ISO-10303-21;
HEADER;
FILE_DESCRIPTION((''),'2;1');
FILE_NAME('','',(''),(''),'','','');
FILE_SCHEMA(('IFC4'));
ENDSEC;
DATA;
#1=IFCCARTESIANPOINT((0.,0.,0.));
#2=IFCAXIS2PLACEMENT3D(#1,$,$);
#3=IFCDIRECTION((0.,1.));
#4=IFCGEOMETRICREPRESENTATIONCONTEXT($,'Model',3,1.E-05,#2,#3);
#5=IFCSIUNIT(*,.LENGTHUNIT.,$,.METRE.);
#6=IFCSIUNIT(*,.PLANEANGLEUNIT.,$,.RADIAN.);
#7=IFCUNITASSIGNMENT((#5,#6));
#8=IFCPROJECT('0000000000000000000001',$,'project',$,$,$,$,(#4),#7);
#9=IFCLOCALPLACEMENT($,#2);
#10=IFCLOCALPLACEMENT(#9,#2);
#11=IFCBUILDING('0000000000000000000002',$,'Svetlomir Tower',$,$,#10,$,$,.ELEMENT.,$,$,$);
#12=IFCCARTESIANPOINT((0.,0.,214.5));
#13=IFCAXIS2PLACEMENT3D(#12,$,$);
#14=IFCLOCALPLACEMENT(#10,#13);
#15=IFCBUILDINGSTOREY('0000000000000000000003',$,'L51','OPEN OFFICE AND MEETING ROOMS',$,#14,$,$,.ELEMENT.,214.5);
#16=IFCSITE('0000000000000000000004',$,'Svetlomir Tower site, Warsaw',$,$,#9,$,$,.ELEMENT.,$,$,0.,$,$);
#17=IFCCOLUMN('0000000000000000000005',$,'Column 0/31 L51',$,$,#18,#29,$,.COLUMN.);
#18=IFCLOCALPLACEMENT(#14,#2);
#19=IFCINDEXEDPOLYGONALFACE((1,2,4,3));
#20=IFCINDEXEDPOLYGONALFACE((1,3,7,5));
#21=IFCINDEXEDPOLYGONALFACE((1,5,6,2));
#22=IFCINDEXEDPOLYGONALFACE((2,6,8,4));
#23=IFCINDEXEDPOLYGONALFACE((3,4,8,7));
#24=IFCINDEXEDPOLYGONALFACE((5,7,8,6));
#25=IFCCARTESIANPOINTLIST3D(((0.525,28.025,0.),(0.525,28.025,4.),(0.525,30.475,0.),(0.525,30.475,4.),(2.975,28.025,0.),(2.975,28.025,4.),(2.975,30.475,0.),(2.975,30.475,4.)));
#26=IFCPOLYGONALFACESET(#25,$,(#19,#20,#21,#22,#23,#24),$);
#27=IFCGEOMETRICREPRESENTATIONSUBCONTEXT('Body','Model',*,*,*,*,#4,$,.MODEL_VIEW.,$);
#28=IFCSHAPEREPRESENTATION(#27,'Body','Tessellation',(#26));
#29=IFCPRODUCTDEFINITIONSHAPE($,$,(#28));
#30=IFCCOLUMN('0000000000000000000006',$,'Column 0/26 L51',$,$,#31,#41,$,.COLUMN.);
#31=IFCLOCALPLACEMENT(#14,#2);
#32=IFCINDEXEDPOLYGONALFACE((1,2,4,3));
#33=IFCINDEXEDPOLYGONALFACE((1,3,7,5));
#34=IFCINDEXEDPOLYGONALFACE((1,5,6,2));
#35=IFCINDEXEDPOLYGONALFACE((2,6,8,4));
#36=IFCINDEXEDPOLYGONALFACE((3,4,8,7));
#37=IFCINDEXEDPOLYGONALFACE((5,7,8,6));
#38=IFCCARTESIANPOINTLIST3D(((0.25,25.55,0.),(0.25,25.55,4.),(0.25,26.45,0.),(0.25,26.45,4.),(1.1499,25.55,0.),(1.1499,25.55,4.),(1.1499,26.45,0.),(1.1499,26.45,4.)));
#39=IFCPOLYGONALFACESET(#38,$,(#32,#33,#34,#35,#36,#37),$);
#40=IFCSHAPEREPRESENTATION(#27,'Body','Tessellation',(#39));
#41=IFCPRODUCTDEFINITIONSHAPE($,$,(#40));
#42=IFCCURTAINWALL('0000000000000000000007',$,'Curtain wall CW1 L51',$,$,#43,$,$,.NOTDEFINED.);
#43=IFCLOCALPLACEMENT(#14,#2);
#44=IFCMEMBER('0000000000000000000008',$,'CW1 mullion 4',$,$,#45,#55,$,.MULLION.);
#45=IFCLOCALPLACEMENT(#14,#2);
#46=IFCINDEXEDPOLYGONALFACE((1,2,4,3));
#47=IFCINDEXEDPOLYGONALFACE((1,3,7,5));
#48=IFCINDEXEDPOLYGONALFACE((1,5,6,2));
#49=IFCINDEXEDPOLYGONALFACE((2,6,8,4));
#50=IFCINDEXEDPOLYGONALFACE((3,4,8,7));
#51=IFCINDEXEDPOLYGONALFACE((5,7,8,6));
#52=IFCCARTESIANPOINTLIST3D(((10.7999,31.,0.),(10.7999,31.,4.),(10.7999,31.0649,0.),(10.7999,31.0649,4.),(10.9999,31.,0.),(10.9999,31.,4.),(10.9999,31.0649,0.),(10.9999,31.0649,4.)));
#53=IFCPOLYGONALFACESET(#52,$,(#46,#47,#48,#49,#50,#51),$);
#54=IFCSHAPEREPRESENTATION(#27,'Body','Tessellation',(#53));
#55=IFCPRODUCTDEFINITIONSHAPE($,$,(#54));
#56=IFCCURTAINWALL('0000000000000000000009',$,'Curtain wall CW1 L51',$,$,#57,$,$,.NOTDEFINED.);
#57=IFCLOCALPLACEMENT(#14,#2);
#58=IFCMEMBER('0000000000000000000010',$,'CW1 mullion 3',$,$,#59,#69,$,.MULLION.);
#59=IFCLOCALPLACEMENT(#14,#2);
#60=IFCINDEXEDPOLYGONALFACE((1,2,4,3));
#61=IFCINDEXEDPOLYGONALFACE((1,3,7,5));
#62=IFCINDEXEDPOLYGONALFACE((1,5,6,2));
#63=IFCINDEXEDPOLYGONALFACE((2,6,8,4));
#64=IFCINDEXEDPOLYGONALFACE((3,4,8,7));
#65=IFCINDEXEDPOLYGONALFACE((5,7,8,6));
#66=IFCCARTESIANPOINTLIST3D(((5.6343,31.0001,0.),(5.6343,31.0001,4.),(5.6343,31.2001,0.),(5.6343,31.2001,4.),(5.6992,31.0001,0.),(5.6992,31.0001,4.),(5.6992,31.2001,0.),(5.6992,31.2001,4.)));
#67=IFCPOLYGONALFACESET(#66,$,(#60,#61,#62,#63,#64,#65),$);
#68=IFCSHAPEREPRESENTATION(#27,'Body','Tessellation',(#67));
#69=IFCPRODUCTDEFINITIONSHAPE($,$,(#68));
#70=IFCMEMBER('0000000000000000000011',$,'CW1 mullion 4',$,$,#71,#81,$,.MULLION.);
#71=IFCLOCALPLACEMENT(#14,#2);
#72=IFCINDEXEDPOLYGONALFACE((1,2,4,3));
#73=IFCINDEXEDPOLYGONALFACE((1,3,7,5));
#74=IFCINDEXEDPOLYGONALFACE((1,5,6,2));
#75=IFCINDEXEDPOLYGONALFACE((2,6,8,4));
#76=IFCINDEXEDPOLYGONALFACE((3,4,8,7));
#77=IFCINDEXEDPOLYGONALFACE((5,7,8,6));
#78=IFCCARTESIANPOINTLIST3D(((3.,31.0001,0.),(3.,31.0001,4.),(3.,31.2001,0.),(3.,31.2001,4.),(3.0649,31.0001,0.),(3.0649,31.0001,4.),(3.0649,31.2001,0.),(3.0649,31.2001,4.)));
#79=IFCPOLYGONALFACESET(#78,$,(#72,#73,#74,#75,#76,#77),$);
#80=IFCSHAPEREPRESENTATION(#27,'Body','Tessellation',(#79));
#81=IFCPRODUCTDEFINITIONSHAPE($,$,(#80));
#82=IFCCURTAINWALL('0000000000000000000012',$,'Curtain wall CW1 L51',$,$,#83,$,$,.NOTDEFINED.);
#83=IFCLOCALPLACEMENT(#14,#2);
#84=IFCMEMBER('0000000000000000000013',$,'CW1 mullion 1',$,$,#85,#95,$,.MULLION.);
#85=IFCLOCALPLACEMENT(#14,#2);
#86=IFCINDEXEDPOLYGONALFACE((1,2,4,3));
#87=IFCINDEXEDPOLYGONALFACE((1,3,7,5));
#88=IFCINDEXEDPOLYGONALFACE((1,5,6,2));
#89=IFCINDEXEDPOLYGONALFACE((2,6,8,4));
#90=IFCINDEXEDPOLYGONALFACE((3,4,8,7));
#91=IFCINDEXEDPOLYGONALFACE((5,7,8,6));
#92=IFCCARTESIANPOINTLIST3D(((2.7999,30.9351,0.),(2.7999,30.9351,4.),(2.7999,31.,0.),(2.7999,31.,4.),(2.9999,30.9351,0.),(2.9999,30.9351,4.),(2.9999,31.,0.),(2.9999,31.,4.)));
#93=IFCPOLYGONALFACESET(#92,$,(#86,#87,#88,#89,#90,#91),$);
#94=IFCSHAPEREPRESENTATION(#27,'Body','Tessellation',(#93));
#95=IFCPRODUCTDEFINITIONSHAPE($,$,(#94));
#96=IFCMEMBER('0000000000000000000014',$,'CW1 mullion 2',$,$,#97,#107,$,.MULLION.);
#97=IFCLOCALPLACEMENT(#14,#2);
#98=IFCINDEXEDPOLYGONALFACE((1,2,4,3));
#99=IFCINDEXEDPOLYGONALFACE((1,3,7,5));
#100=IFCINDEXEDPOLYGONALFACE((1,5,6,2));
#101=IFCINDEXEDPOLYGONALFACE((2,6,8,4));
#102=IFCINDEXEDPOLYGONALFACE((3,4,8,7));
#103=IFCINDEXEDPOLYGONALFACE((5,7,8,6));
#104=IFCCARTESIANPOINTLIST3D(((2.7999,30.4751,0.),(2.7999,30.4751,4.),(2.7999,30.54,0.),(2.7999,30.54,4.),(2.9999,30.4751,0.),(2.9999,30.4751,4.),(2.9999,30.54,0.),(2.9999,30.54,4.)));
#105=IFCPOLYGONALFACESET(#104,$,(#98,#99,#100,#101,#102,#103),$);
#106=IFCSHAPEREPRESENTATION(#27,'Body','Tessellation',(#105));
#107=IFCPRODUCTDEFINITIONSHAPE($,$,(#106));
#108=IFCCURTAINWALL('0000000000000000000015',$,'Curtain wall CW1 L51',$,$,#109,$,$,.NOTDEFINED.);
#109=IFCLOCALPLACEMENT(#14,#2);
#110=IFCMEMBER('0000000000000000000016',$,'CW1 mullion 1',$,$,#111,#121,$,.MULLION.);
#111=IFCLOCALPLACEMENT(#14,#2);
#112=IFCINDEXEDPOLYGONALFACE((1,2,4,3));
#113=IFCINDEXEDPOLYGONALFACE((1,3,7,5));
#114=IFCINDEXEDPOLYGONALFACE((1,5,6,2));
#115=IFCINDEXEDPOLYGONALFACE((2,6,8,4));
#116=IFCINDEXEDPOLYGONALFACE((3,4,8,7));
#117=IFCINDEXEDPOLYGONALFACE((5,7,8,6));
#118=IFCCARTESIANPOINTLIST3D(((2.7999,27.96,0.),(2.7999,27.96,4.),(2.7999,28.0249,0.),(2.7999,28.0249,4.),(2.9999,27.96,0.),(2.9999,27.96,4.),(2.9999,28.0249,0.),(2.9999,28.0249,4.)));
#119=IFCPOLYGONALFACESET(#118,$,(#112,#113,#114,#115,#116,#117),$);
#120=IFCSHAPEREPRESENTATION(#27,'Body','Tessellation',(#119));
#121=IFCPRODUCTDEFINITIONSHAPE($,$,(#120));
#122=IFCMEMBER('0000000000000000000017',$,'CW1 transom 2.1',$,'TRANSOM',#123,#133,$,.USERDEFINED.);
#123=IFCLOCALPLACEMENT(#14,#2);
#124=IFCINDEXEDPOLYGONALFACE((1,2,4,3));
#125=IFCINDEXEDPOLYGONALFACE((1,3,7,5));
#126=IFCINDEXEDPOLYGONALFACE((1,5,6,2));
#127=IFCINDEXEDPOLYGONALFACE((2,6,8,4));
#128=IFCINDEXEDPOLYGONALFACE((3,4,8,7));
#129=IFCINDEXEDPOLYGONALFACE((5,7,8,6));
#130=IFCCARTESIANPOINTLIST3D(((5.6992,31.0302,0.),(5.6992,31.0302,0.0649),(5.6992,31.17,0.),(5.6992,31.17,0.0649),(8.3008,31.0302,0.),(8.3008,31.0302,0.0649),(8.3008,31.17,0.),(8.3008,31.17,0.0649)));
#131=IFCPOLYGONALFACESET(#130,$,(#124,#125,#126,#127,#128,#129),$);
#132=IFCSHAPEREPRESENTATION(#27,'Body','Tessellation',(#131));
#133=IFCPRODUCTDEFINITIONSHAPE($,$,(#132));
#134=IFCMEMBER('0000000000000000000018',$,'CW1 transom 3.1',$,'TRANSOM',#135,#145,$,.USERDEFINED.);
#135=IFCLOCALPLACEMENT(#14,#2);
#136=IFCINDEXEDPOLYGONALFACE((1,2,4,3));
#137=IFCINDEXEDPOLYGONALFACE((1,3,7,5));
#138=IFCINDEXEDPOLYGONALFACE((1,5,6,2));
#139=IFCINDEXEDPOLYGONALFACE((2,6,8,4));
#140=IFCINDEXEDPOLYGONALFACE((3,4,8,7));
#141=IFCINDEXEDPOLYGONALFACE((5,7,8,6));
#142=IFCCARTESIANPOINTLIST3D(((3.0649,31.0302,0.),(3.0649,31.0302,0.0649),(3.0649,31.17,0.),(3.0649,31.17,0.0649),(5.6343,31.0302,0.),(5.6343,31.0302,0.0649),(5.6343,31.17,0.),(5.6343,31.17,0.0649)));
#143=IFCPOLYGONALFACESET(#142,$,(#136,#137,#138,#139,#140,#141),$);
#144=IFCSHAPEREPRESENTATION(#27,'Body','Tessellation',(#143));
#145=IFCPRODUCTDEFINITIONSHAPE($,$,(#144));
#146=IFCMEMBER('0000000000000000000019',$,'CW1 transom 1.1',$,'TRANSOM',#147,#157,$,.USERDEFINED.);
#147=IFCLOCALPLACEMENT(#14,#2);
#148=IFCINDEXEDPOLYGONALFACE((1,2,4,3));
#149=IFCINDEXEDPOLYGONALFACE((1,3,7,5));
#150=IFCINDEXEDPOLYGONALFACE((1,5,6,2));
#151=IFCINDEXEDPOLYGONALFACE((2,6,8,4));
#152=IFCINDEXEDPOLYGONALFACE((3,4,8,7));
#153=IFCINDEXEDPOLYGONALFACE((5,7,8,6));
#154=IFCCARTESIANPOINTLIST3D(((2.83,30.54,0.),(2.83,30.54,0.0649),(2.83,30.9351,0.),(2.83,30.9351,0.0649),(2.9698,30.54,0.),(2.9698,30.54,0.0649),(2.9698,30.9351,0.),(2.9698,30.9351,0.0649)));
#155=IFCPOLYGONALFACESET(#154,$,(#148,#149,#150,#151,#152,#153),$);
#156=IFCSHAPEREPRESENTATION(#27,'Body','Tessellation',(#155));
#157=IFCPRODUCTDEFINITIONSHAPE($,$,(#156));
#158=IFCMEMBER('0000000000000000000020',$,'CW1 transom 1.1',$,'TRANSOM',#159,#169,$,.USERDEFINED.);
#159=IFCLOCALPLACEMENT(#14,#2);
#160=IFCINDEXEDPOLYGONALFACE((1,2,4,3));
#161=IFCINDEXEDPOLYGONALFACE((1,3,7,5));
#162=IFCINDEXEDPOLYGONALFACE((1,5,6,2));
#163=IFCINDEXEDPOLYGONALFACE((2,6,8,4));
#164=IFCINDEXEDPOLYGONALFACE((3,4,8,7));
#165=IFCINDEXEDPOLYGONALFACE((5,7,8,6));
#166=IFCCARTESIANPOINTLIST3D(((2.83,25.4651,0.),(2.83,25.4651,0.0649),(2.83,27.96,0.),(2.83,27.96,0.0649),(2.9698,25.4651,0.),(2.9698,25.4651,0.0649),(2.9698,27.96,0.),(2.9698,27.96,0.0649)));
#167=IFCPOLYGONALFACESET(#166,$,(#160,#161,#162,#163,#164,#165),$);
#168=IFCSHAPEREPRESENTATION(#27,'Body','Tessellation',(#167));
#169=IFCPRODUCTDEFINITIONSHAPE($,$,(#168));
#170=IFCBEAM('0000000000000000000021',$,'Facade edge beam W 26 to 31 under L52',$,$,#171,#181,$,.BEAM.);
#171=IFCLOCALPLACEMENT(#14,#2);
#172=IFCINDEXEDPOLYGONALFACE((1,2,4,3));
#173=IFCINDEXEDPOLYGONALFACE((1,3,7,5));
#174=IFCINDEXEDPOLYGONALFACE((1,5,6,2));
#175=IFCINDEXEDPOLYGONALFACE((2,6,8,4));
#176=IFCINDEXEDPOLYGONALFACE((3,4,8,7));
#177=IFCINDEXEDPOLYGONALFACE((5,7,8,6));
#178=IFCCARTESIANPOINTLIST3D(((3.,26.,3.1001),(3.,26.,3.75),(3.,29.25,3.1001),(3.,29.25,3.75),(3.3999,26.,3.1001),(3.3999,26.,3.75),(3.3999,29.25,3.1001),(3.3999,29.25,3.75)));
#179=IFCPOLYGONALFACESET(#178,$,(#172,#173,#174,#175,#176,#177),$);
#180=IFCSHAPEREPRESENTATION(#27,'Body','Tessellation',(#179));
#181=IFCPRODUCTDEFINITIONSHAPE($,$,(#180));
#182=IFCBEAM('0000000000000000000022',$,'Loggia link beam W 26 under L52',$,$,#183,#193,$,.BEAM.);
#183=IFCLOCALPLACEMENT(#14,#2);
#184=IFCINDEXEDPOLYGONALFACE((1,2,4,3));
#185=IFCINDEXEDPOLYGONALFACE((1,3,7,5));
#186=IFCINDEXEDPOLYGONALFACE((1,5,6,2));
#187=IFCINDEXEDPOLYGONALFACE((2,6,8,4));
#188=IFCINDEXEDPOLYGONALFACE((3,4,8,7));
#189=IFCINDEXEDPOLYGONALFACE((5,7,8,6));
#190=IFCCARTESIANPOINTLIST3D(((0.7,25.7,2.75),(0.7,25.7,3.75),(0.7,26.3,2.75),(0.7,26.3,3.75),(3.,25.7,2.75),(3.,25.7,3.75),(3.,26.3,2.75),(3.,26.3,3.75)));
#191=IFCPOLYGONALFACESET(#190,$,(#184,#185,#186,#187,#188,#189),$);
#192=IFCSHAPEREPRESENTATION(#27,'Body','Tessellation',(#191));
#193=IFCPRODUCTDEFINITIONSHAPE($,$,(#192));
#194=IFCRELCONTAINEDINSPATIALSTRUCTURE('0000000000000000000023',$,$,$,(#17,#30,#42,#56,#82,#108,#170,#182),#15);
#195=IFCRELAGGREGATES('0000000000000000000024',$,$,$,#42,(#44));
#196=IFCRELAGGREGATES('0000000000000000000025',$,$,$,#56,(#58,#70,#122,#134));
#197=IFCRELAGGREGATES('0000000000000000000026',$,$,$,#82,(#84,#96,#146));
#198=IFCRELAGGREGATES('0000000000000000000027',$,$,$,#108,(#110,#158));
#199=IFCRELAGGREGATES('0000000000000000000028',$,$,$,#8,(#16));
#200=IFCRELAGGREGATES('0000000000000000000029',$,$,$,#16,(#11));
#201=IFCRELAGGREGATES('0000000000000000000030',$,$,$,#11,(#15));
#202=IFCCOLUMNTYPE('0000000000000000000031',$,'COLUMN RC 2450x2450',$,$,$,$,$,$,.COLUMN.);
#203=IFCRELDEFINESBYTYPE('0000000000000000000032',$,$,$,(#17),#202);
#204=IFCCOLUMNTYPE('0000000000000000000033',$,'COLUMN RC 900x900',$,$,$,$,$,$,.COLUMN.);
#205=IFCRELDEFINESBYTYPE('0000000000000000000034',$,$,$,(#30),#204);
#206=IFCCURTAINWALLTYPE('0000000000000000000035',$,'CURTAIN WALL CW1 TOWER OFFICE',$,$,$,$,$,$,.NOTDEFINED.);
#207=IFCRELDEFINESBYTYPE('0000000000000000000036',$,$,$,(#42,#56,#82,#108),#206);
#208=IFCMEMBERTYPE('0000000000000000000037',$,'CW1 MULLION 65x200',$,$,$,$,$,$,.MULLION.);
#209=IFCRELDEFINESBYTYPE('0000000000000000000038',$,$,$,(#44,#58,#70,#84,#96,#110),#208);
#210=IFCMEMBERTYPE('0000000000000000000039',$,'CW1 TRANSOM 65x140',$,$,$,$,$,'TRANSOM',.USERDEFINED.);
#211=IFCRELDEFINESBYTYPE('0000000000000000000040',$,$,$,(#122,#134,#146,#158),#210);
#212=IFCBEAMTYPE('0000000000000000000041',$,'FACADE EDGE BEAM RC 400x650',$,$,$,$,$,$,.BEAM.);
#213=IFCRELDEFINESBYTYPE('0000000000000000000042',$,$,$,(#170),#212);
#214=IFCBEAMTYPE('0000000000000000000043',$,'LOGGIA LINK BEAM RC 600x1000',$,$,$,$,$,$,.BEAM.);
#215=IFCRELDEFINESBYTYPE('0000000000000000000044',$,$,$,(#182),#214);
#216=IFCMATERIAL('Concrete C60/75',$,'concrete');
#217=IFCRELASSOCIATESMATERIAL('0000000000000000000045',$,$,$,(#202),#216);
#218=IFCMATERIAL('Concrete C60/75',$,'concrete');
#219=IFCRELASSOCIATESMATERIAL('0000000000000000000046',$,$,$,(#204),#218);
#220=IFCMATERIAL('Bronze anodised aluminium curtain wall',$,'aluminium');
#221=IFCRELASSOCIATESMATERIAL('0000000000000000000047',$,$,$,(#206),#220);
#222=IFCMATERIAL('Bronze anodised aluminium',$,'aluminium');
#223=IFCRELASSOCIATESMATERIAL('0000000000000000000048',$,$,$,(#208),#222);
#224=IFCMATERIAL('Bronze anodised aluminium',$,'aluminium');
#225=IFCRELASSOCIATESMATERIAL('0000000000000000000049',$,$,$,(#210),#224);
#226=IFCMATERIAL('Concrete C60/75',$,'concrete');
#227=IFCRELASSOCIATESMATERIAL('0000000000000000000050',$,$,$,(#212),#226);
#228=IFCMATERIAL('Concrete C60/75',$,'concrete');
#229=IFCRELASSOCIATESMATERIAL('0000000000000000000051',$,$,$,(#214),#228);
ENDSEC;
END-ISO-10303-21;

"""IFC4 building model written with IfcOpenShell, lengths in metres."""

from ifc_helpers import new_model, si_unit, direction, frame, origin, origin_2d, place, context, subcontext, project, spatial, rectangle, extrude, material, material_profile, profile_set, type_object, element, aggregate, save


model = new_model("IFC4")

# Units and contexts
model_context = context("Model", 3, precision=1e-05, world=origin(), true_north=direction((0.0, 1.0)))
body_context = subcontext(model_context, "Body", "Model", "MODEL_VIEW")
ifc_project = project(units=[si_unit("LENGTHUNIT", "METRE"), si_unit("PLANEANGLEUNIT", "RADIAN")], contexts=[model_context])

# Site, building, storey
site_placement = place(None, origin())
site = spatial("IfcSite", under=ifc_project, at=site_placement, Name="Svetlomir Tower site, Warsaw", CompositionType="ELEMENT", RefElevation=0.0)
building_placement = place(site_placement, origin())
building = spatial("IfcBuilding", under=site, at=building_placement, Name="Svetlomir Tower", CompositionType="ELEMENT")
storey_placement = place(building_placement, frame((0.0, 0.0, 214.5)))
storey = spatial("IfcBuildingStorey", under=building, at=storey_placement, Name="L51", Description="OPEN OFFICE AND MEETING ROOMS", CompositionType="ELEMENT", Elevation=214.5)

# Columns
ifc_material_1 = material(Name="Concrete C60/75", Category="concrete")
ifc_material_profile_1 = material_profile(ifc_material_1, rectangle(XDim=2.45, YDim=2.45, at=origin_2d()), Name="RC 2450x2450")
ifc_profile_set_1 = profile_set([ifc_material_profile_1], Name="Concrete C60/75")
column_type_1 = type_object("IfcColumnType", Name="COLUMN RC 2450x2450", PredefinedType="COLUMN", material=ifc_profile_set_1)
column_1_placement = place(storey_placement, frame((1.75, 29.25, 0.0), z_axis=(0.0, 0.0, 1.0), x_axis=(1.0, 0.0, 0.0)))
element("IfcColumn", 1, at=column_1_placement, inside=storey, type_object=column_type_1, Name="Column 0/31 L51", PredefinedType="COLUMN", context=body_context, shape_type="SweptSolid", body=[
    extrude(rectangle(XDim=2.45, YDim=2.45, at=origin_2d()), origin(), (0.0, 0.0, 1.0), 4.0),
])
ifc_material_2 = material(Name="Concrete C60/75", Category="concrete")
ifc_material_profile_2 = material_profile(ifc_material_2, rectangle(XDim=0.8999, YDim=0.8999, at=origin_2d()), Name="RC 900x900")
ifc_profile_set_2 = profile_set([ifc_material_profile_2], Name="Concrete C60/75")
column_type_2 = type_object("IfcColumnType", Name="COLUMN RC 900x900", PredefinedType="COLUMN", material=ifc_profile_set_2)
column_2_placement = place(storey_placement, frame((0.7, 26.0, 0.0), z_axis=(0.0, 0.0, 1.0), x_axis=(1.0, 0.0, 0.0)))
element("IfcColumn", 2, at=column_2_placement, inside=storey, type_object=column_type_2, Name="Column 0/26 L51", PredefinedType="COLUMN", context=body_context, shape_type="SweptSolid", body=[
    extrude(rectangle(XDim=0.8999, YDim=0.8999, at=origin_2d()), origin(), (0.0, 0.0, 1.0), 4.0),
])

# Curtain wall, member
ifc_material_3 = material(Name="Bronze anodised aluminium curtain wall", Category="aluminium")
curtain_wall_type = type_object("IfcCurtainWallType", Name="CURTAIN WALL CW1 TOWER OFFICE", PredefinedType="NOTDEFINED", material=ifc_material_3)
curtain_wall_1_placement = place(storey_placement, origin())
curtain_wall_1 = element("IfcCurtainWall", 3, at=curtain_wall_1_placement, inside=storey, type_object=curtain_wall_type, Name="Curtain wall CW1 L51", PredefinedType="NOTDEFINED")
ifc_material_4 = material(Name="Bronze anodised aluminium", Category="aluminium")
ifc_material_profile_3 = material_profile(ifc_material_4, rectangle(XDim=0.0649, YDim=0.2, at=origin_2d()), Name="AL 65x200")
ifc_profile_set_3 = profile_set([ifc_material_profile_3], Name="Bronze anodised aluminium 6063-T6")
member_type_1 = type_object("IfcMemberType", Name="CW1 MULLION 65x200", PredefinedType="MULLION", material=ifc_profile_set_3)
member_1_placement = place(storey_placement, frame((10.8999, 31.0325, 0.0), z_axis=(0.0, 0.0, 1.0), x_axis=(0.0, -1.0, 0.0)))
member_1 = element("IfcMember", 4, at=member_1_placement, type_object=member_type_1, Name="CW1 mullion 4", PredefinedType="MULLION", context=body_context, shape_type="SweptSolid", body=[
    extrude(rectangle(XDim=0.0649, YDim=0.2, at=origin_2d()), origin(), (0.0, 0.0, 1.0), 4.0),
])
aggregate(curtain_wall_1, [member_1])

# Curtain walls, members
curtain_wall_2_placement = place(storey_placement, origin())
curtain_wall_2 = element("IfcCurtainWall", 5, at=curtain_wall_2_placement, inside=storey, type_object=curtain_wall_type, Name="Curtain wall CW1 L51", PredefinedType="NOTDEFINED")
member_2_placement = place(storey_placement, frame((5.6667, 31.1001, 0.0), z_axis=(0.0, 0.0, 1.0), x_axis=(-1.0, 0.0, 0.0)))
member_2 = element("IfcMember", 6, at=member_2_placement, type_object=member_type_1, Name="CW1 mullion 3", PredefinedType="MULLION", context=body_context, shape_type="SweptSolid", body=[
    extrude(rectangle(XDim=0.0649, YDim=0.2, at=origin_2d()), origin(), (0.0, 0.0, 1.0), 4.0),
])
member_3_placement = place(storey_placement, frame((3.0325, 31.1001, 0.0), z_axis=(0.0, 0.0, 1.0), x_axis=(-1.0, 0.0, 0.0)))
member_3 = element("IfcMember", 7, at=member_3_placement, type_object=member_type_1, Name="CW1 mullion 4", PredefinedType="MULLION", context=body_context, shape_type="SweptSolid", body=[
    extrude(rectangle(XDim=0.0649, YDim=0.2, at=origin_2d()), origin(), (0.0, 0.0, 1.0), 4.0),
])
curtain_wall_3_placement = place(storey_placement, origin())
curtain_wall_3 = element("IfcCurtainWall", 8, at=curtain_wall_3_placement, inside=storey, type_object=curtain_wall_type, Name="Curtain wall CW1 L51", PredefinedType="NOTDEFINED")
member_4_placement = place(storey_placement, frame((2.8999, 30.9675, 0.0), z_axis=(0.0, 0.0, 1.0), x_axis=(0.0, -1.0, 0.0)))
member_4 = element("IfcMember", 9, at=member_4_placement, type_object=member_type_1, Name="CW1 mullion 1", PredefinedType="MULLION", context=body_context, shape_type="SweptSolid", body=[
    extrude(rectangle(XDim=0.0649, YDim=0.2, at=origin_2d()), origin(), (0.0, 0.0, 1.0), 4.0),
])
member_5_placement = place(storey_placement, frame((2.8999, 30.5076, 0.0), z_axis=(0.0, 0.0, 1.0), x_axis=(0.0, -1.0, 0.0)))
member_5 = element("IfcMember", 10, at=member_5_placement, type_object=member_type_1, Name="CW1 mullion 2", PredefinedType="MULLION", context=body_context, shape_type="SweptSolid", body=[
    extrude(rectangle(XDim=0.0649, YDim=0.2, at=origin_2d()), origin(), (0.0, 0.0, 1.0), 4.0),
])

# Curtain wall, member
curtain_wall_4_placement = place(storey_placement, origin())
curtain_wall_4 = element("IfcCurtainWall", 11, at=curtain_wall_4_placement, inside=storey, type_object=curtain_wall_type, Name="Curtain wall CW1 L51", PredefinedType="NOTDEFINED")
member_6_placement = place(storey_placement, frame((2.8999, 27.9924, 0.0), z_axis=(0.0, 0.0, 1.0), x_axis=(0.0, -1.0, 0.0)))
member_6 = element("IfcMember", 12, at=member_6_placement, type_object=member_type_1, Name="CW1 mullion 1", PredefinedType="MULLION", context=body_context, shape_type="SweptSolid", body=[
    extrude(rectangle(XDim=0.0649, YDim=0.2, at=origin_2d()), origin(), (0.0, 0.0, 1.0), 4.0),
])

# Members
ifc_material_5 = material(Name="Bronze anodised aluminium", Category="aluminium")
ifc_material_profile_4 = material_profile(ifc_material_5, rectangle(XDim=0.1399, YDim=0.0649, at=origin_2d()), Name="AL 140x65")
ifc_profile_set_4 = profile_set([ifc_material_profile_4], Name="Bronze anodised aluminium 6063-T6")
member_type_2 = type_object("IfcMemberType", Name="CW1 TRANSOM 65x140", ElementType="TRANSOM", PredefinedType="USERDEFINED", material=ifc_profile_set_4)
member_7_placement = place(storey_placement, frame((8.3008, 31.1001, 0.0325), z_axis=(-1.0, 0.0, 0.0), x_axis=(0.0, -1.0, 0.0)))
member_7 = element("IfcMember", 13, at=member_7_placement, type_object=member_type_2, Name="CW1 transom 2.1", ObjectType="TRANSOM", PredefinedType="USERDEFINED", context=body_context, shape_type="SweptSolid", body=[
    extrude(rectangle(XDim=0.1399, YDim=0.0649, at=origin_2d()), origin(), (0.0, 0.0, 1.0), 2.6016),
])
member_8_placement = place(storey_placement, frame((5.6343, 31.1001, 0.0325), z_axis=(-1.0, 0.0, 0.0), x_axis=(0.0, -1.0, 0.0)))
member_8 = element("IfcMember", 14, at=member_8_placement, type_object=member_type_2, Name="CW1 transom 3.1", ObjectType="TRANSOM", PredefinedType="USERDEFINED", context=body_context, shape_type="SweptSolid", body=[
    extrude(rectangle(XDim=0.1399, YDim=0.0649, at=origin_2d()), origin(), (0.0, 0.0, 1.0), 2.5693),
])
member_9_placement = place(storey_placement, frame((2.8999, 30.9351, 0.0325), z_axis=(0.0, -1.0, 0.0), x_axis=(1.0, 0.0, 0.0)))
member_9 = element("IfcMember", 15, at=member_9_placement, type_object=member_type_2, Name="CW1 transom 1.1", ObjectType="TRANSOM", PredefinedType="USERDEFINED", context=body_context, shape_type="SweptSolid", body=[
    extrude(rectangle(XDim=0.1399, YDim=0.0649, at=origin_2d()), origin(), (0.0, 0.0, 1.0), 0.395),
])
member_10_placement = place(storey_placement, frame((2.8999, 27.96, 0.0325), z_axis=(0.0, -1.0, 0.0), x_axis=(1.0, 0.0, 0.0)))
member_10 = element("IfcMember", 16, at=member_10_placement, type_object=member_type_2, Name="CW1 transom 1.1", ObjectType="TRANSOM", PredefinedType="USERDEFINED", context=body_context, shape_type="SweptSolid", body=[
    extrude(rectangle(XDim=0.1399, YDim=0.0649, at=origin_2d()), origin(), (0.0, 0.0, 1.0), 2.4949),
])

# Beams
ifc_material_6 = material(Name="Concrete C60/75", Category="concrete")
ifc_material_profile_5 = material_profile(ifc_material_6, rectangle(XDim=0.3999, YDim=0.6499, at=origin_2d()), Name="RC 400x650")
ifc_profile_set_5 = profile_set([ifc_material_profile_5], Name="Concrete C60/75")
beam_type_1 = type_object("IfcBeamType", Name="FACADE EDGE BEAM RC 400x650", PredefinedType="BEAM", material=ifc_profile_set_5)
beam_1_placement = place(storey_placement, frame((3.2, 26.0, 3.425), z_axis=(0.0, 1.0, 0.0), x_axis=(-1.0, 0.0, 0.0)))
element("IfcBeam", 17, at=beam_1_placement, inside=storey, type_object=beam_type_1, Name="Facade edge beam W 26 to 31 under L52", PredefinedType="BEAM", context=body_context, shape_type="SweptSolid", body=[
    extrude(rectangle(XDim=0.3999, YDim=0.6499, at=origin_2d()), origin(), (0.0, 0.0, 1.0), 3.25),
])
ifc_material_7 = material(Name="Concrete C60/75", Category="concrete")
ifc_material_profile_6 = material_profile(ifc_material_7, rectangle(XDim=0.6001, YDim=1.0, at=origin_2d()), Name="RC 600x1000")
ifc_profile_set_6 = profile_set([ifc_material_profile_6], Name="Concrete C60/75")
beam_type_2 = type_object("IfcBeamType", Name="LOGGIA LINK BEAM RC 600x1000", PredefinedType="BEAM", material=ifc_profile_set_6)
beam_2_placement = place(storey_placement, frame((0.7, 26.0, 3.25), z_axis=(1.0, 0.0, 0.0), x_axis=(0.0, 1.0, 0.0)))
element("IfcBeam", 18, at=beam_2_placement, inside=storey, type_object=beam_type_2, Name="Loggia link beam W 26 under L52", PredefinedType="BEAM", context=body_context, shape_type="SweptSolid", body=[
    extrude(rectangle(XDim=0.6001, YDim=1.0, at=origin_2d()), origin(), (0.0, 0.0, 1.0), 2.3),
])

aggregate(curtain_wall_2, [member_2, member_3, member_7, member_8])
aggregate(curtain_wall_3, [member_4, member_5, member_9])
aggregate(curtain_wall_4, [member_6, member_10])

save(model, "model.ifc")
